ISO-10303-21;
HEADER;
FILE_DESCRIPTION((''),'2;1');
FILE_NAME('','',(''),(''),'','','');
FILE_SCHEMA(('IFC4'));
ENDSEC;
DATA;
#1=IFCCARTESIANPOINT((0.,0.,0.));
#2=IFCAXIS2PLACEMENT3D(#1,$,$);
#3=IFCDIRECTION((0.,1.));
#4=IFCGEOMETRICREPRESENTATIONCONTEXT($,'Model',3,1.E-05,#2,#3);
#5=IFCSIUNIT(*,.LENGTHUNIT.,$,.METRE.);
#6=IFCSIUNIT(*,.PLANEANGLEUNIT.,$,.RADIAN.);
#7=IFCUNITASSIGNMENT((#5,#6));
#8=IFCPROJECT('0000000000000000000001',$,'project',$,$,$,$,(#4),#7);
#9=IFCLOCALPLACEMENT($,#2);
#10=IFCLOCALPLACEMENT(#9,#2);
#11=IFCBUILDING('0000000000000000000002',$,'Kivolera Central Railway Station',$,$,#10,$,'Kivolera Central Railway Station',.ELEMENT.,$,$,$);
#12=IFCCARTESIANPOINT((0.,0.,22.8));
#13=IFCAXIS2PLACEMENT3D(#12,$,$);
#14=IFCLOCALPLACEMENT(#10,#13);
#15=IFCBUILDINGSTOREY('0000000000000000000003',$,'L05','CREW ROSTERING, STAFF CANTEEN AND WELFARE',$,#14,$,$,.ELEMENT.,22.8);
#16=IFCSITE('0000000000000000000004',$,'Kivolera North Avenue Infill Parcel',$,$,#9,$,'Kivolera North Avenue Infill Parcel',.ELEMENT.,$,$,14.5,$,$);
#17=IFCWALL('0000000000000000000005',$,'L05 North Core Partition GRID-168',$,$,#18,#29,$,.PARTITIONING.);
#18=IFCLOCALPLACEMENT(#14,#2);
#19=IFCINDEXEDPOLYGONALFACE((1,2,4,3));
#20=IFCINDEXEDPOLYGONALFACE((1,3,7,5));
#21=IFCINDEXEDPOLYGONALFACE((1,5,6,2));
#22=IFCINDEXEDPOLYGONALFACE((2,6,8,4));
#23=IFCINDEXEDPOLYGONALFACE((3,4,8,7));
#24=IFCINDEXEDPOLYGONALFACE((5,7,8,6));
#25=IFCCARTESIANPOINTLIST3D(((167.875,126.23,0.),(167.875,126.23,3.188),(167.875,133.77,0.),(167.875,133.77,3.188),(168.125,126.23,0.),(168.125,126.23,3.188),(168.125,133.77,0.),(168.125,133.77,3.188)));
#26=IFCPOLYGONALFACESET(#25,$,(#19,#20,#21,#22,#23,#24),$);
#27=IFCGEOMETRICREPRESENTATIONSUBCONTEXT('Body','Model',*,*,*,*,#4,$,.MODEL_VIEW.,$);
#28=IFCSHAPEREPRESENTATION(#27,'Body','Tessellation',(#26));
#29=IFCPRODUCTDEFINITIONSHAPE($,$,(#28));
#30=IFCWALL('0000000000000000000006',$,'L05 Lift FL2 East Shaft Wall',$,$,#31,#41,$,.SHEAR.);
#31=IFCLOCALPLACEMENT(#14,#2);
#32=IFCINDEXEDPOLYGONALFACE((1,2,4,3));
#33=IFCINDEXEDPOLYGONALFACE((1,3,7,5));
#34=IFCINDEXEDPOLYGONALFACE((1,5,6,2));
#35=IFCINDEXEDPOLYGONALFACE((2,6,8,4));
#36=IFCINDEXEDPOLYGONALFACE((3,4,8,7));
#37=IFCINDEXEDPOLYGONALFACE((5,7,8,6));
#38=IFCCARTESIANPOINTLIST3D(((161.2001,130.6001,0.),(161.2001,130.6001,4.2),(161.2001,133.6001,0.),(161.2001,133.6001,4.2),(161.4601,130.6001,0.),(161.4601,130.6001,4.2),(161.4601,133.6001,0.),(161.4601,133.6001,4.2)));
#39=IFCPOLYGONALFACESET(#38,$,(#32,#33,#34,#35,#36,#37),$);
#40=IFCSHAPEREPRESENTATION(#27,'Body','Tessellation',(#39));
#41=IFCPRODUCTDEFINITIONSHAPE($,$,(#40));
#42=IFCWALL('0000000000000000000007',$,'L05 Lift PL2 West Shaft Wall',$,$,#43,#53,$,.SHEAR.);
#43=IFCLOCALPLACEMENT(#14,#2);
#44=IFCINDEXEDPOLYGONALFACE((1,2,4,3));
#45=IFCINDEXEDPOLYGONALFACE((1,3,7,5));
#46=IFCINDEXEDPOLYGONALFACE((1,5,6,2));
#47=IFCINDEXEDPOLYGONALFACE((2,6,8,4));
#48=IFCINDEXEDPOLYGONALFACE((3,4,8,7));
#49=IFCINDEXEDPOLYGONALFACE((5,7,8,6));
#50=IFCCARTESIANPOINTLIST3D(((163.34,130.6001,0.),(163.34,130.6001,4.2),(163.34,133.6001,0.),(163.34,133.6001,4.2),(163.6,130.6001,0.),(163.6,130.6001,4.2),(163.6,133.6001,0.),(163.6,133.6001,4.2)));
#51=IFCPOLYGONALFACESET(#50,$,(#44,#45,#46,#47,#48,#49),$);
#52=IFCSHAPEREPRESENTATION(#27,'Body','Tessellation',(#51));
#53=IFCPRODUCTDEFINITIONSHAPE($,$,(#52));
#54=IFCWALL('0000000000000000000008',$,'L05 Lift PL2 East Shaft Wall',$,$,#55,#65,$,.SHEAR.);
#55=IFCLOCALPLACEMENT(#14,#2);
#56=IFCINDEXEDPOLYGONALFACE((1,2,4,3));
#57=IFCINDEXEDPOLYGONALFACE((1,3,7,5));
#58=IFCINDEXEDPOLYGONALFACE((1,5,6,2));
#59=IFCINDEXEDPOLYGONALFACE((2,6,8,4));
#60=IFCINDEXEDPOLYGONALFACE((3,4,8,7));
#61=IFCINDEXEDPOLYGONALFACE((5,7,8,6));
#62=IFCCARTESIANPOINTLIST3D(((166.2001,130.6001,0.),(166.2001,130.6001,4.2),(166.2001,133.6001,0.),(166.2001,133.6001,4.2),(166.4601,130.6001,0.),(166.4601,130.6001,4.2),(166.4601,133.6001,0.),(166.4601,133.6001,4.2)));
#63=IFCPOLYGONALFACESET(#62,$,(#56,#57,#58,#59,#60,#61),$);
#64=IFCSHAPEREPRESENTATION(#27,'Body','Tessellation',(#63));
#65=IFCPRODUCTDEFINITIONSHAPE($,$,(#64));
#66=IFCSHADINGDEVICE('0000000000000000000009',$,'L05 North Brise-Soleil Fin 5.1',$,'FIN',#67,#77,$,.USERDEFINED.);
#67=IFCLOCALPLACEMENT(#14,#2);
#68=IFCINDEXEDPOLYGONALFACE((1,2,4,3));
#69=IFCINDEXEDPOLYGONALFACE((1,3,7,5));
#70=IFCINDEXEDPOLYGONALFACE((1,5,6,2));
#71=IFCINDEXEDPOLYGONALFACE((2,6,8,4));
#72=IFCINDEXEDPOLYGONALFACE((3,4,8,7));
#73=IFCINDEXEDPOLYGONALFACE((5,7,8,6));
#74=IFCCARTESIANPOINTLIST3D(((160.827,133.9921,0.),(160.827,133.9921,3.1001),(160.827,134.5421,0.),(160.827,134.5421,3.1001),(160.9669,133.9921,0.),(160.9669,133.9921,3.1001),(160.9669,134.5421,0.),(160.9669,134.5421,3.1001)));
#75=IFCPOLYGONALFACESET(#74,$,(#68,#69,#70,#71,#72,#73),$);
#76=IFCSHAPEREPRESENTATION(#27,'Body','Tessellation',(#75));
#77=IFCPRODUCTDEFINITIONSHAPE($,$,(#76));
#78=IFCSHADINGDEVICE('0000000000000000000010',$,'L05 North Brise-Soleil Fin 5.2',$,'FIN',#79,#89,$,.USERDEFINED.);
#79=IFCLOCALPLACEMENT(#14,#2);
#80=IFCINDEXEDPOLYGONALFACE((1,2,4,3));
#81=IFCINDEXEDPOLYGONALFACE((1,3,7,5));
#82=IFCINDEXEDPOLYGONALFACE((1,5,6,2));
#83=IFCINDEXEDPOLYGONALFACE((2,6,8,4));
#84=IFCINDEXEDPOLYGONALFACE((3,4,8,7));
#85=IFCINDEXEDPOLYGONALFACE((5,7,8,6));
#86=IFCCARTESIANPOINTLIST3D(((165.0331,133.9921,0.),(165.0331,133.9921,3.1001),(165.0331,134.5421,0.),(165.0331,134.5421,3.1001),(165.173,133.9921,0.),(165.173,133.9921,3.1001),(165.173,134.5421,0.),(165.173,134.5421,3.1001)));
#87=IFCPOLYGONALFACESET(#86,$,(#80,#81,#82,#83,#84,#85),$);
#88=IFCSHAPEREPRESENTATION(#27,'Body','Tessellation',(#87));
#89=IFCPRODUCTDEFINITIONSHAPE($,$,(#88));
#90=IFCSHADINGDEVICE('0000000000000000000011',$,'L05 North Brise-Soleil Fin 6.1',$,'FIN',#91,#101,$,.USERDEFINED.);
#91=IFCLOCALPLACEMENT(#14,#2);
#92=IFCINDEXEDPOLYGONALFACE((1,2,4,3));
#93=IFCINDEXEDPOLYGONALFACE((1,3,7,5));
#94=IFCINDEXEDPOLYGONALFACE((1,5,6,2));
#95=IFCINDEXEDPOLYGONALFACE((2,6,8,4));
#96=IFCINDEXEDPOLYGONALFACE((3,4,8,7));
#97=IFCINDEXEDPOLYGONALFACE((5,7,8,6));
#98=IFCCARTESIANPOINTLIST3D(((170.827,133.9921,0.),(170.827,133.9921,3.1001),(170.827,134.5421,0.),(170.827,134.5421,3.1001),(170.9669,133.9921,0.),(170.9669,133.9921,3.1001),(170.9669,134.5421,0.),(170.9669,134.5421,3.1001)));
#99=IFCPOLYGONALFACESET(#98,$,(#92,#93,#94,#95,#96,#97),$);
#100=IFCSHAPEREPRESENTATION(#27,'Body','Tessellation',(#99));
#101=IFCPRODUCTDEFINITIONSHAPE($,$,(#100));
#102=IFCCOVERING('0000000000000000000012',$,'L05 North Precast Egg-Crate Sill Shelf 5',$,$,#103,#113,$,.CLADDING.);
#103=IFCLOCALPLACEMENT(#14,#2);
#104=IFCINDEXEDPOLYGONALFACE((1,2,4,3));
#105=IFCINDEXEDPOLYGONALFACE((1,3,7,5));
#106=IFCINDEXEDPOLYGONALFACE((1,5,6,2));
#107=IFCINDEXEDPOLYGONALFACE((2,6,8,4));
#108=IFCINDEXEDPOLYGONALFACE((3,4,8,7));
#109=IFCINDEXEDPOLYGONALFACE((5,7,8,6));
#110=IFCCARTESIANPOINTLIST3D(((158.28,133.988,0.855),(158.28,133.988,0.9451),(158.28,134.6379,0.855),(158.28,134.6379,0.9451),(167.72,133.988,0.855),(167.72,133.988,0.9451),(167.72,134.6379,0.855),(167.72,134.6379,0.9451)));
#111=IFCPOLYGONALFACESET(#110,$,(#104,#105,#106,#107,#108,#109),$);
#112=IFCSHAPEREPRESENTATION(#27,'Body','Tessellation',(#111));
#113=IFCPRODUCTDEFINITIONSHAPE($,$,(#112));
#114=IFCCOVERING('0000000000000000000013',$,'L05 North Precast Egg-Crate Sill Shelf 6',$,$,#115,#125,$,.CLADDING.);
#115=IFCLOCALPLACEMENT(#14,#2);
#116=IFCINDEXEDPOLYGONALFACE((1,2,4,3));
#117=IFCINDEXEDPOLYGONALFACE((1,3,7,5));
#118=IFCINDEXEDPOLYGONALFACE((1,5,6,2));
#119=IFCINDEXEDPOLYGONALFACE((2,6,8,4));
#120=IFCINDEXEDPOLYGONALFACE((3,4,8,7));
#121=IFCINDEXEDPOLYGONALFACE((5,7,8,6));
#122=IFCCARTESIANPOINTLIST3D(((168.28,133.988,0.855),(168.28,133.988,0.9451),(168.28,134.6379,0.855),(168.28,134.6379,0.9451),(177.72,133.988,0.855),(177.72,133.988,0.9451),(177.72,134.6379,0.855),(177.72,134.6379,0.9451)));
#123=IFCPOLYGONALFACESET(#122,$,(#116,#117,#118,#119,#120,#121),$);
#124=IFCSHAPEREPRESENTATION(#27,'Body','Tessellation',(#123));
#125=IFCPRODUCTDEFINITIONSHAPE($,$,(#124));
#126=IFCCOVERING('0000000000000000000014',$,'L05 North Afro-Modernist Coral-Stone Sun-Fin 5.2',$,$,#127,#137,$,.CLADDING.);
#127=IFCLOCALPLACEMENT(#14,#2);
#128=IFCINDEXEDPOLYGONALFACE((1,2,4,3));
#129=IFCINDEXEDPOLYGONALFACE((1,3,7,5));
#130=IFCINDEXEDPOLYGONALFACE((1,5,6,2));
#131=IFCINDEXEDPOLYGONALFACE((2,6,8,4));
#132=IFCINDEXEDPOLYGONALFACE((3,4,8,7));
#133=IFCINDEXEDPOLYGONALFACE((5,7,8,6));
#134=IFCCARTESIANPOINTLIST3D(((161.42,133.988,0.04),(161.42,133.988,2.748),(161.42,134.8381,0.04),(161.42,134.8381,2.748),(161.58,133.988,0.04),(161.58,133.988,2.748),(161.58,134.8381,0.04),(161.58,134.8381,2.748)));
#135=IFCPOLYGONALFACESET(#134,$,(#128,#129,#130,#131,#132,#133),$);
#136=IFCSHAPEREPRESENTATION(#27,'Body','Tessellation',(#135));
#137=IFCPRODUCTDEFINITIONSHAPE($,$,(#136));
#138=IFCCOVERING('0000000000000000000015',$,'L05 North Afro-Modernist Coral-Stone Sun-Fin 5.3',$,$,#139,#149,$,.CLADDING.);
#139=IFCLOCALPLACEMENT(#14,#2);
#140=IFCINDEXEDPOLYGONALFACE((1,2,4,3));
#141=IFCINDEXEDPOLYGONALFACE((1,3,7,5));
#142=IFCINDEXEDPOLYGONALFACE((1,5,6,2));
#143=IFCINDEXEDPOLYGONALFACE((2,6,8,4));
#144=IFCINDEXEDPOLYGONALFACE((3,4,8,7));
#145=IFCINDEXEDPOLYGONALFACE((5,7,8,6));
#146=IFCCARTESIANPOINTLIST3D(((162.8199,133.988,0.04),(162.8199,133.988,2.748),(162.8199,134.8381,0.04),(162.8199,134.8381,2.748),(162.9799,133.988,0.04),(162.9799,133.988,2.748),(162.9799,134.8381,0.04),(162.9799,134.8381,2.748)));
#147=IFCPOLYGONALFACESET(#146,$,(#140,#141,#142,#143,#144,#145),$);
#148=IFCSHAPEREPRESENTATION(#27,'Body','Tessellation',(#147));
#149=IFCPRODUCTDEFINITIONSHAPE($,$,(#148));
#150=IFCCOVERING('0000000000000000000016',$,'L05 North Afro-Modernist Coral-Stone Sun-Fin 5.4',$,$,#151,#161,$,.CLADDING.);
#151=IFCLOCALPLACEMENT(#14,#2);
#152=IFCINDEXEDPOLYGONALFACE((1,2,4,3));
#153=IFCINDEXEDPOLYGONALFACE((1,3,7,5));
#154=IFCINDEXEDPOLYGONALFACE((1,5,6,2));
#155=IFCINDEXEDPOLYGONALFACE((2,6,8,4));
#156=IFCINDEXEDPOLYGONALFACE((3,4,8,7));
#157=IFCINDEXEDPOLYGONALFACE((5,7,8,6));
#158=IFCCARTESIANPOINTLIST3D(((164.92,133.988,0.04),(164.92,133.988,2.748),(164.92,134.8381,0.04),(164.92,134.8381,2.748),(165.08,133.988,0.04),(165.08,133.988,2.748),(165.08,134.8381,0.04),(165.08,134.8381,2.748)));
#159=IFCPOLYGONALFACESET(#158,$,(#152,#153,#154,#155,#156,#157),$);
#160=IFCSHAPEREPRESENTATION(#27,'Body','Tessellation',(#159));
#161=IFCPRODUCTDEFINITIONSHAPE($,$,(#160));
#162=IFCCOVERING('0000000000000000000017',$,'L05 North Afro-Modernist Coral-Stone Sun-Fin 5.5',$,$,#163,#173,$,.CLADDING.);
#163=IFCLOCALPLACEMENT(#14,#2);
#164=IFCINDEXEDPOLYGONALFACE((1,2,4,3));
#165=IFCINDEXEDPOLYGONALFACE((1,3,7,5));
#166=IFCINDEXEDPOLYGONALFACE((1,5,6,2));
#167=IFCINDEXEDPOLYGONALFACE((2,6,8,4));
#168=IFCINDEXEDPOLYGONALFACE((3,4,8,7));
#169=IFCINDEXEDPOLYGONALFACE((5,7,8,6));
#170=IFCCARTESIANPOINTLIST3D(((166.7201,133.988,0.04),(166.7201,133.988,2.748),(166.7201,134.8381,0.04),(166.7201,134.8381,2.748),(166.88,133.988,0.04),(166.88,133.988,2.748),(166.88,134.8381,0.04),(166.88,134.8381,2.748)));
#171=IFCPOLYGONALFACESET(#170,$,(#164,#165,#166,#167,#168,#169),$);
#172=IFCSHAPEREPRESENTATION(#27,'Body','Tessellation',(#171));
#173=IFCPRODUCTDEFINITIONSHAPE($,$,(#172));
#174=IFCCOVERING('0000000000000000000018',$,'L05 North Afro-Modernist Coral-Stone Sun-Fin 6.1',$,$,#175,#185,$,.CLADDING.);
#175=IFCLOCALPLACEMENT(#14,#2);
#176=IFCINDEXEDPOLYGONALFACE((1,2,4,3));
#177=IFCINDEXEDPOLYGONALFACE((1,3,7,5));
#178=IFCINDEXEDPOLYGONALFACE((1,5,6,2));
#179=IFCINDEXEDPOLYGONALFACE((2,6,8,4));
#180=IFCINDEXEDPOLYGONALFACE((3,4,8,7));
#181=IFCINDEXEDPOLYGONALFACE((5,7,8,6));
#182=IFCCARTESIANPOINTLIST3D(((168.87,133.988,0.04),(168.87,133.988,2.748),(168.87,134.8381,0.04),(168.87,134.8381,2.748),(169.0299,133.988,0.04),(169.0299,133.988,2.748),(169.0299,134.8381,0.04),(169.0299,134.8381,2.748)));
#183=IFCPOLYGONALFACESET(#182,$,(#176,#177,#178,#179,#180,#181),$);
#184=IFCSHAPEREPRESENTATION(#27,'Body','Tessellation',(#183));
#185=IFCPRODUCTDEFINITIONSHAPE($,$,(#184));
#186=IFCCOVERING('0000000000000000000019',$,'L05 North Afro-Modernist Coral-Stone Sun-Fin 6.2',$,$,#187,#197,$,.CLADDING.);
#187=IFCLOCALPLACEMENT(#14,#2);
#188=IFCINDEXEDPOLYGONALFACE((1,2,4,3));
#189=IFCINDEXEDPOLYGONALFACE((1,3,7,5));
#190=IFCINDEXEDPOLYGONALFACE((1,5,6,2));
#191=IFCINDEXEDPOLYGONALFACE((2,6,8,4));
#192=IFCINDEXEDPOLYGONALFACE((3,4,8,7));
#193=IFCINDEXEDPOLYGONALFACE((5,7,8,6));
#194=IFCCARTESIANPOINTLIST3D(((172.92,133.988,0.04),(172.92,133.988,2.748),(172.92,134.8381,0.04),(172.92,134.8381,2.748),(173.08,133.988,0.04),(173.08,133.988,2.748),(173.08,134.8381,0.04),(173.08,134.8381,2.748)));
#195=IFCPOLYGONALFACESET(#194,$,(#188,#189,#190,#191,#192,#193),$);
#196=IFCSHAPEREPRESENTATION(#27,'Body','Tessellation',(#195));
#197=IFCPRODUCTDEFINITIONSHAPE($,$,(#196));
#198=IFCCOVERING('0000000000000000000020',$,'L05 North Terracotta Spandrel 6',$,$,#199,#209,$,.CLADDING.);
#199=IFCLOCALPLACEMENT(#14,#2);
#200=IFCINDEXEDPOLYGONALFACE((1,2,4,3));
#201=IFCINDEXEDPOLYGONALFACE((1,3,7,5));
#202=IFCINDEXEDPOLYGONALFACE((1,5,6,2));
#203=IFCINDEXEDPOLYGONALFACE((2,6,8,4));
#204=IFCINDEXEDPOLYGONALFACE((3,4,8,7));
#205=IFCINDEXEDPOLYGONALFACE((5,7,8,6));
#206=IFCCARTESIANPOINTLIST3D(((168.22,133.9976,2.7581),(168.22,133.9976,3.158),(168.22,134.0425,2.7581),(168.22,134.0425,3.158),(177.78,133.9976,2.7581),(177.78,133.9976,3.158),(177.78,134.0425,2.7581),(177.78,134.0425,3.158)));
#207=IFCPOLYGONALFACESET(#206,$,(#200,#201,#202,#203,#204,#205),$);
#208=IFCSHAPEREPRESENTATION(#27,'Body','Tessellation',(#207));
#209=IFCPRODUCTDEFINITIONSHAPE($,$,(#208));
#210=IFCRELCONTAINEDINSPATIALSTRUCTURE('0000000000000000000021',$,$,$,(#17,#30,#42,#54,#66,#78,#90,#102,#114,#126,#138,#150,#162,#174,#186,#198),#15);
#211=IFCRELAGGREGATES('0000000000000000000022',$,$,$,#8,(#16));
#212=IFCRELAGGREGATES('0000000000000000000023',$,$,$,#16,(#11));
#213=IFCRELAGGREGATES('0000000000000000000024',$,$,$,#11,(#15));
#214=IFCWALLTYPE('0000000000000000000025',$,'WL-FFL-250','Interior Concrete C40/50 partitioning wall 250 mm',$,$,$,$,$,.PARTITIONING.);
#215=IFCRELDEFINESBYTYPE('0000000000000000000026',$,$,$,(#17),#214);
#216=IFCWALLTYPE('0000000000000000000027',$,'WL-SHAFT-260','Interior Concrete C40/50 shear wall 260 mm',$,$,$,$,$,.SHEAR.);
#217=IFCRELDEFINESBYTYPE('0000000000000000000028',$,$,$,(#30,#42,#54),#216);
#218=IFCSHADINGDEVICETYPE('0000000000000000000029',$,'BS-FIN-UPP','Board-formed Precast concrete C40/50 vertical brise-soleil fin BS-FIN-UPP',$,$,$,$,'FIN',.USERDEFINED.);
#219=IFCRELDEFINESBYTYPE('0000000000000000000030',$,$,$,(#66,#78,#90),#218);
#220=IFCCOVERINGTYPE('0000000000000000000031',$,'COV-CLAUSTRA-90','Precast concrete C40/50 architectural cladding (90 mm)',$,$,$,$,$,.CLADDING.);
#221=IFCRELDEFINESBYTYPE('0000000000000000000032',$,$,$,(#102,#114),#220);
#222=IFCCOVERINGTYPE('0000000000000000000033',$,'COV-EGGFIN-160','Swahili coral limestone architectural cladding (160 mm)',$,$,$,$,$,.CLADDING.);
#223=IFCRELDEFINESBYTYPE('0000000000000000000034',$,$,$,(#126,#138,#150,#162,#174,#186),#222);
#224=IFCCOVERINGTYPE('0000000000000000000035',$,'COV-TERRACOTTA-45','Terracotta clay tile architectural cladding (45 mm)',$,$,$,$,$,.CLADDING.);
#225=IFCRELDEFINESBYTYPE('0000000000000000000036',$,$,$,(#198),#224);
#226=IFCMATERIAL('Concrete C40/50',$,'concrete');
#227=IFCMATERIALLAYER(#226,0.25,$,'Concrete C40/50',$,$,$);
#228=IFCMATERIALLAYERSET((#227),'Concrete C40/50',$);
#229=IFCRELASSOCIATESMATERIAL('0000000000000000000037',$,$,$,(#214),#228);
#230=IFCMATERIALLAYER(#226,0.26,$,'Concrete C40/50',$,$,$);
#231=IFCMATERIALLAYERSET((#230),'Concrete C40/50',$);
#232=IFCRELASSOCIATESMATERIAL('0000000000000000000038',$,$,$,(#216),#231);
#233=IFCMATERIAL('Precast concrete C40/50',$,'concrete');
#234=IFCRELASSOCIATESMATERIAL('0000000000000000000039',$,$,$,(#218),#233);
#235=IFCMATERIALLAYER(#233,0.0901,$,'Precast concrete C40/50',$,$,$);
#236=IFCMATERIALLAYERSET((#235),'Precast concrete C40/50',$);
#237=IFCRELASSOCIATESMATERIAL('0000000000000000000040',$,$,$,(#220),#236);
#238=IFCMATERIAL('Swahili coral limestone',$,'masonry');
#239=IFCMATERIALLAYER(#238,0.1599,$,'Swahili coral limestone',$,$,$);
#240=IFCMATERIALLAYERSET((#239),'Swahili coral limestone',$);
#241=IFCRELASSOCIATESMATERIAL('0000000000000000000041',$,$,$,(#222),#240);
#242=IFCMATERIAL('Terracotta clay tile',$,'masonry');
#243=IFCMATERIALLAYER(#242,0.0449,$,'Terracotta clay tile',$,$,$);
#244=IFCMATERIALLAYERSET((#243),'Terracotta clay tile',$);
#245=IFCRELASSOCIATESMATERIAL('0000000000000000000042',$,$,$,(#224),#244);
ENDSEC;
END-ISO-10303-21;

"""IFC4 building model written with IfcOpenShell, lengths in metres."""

from ifc_helpers import new_model, si_unit, direction, frame, frame_2d, origin, origin_2d, place, context, subcontext, project, spatial, rectangle, extrude, material, layer, layer_set, type_object, element, save


model = new_model("IFC4")

# Units and contexts
model_context = context("Model", 3, precision=1e-05, world=origin(), true_north=direction((0.0, 1.0)))
body_context = subcontext(model_context, "Body", "Model", "MODEL_VIEW")
ifc_project = project(units=[si_unit("LENGTHUNIT", "METRE"), si_unit("PLANEANGLEUNIT", "RADIAN")], contexts=[model_context])

# Site, building, storey
site_placement = place(None, origin())
site = spatial("IfcSite", under=ifc_project, at=site_placement, Name="Kivolera North Avenue Infill Parcel", LongName="Kivolera North Avenue Infill Parcel", CompositionType="ELEMENT", RefElevation=14.5)
building_placement = place(site_placement, origin())
building = spatial("IfcBuilding", under=site, at=building_placement, Name="Kivolera Central Railway Station", LongName="Kivolera Central Railway Station", CompositionType="ELEMENT")
storey_placement = place(building_placement, frame((0.0, 0.0, 22.8)))
storey = spatial("IfcBuildingStorey", under=building, at=storey_placement, Name="L05", Description="CREW ROSTERING, STAFF CANTEEN AND WELFARE", CompositionType="ELEMENT", Elevation=22.8)

# Shared definitions
ifc_material_1 = material(Name="Concrete C40/50", Category="concrete")

# Shared definitions
ifc_material_2 = material(Name="Swahili coral limestone", Category="masonry")

# Walls
ifc_layer_1 = layer(ifc_material_1, 0.25, Name="Concrete C40/50")
ifc_layer_set_1 = layer_set([ifc_layer_1], Name="Concrete C40/50")
wall_type_1 = type_object("IfcWallType", Name="WL-FFL-250", Description="Interior Concrete C40/50 partitioning wall 250 mm", PredefinedType="PARTITIONING", material=ifc_layer_set_1)
wall_1_placement = place(storey_placement, frame((168.0, 126.23, 0.0), z_axis=(0.0, 0.0, 1.0), x_axis=(0.0, 1.0, 0.0)))
element("IfcWall", 1, at=wall_1_placement, inside=storey, type_object=wall_type_1, Name="L05 North Core Partition GRID-168", PredefinedType="PARTITIONING", context=body_context, shape_type="SweptSolid", body=[
    extrude(rectangle(XDim=7.54, YDim=0.25, at=frame_2d((3.77, 0.0))), origin(), (0.0, 0.0, 1.0), 3.188),
])
ifc_layer_2 = layer(ifc_material_1, 0.26, Name="Concrete C40/50")
ifc_layer_set_2 = layer_set([ifc_layer_2], Name="Concrete C40/50")
wall_type_2 = type_object("IfcWallType", Name="WL-SHAFT-260", Description="Interior Concrete C40/50 shear wall 260 mm", PredefinedType="SHEAR", material=ifc_layer_set_2)
wall_2_placement = place(storey_placement, frame((161.3301, 130.6001, 0.0), z_axis=(0.0, 0.0, 1.0), x_axis=(0.0, 1.0, 0.0)))
element("IfcWall", 2, at=wall_2_placement, inside=storey, type_object=wall_type_2, Name="L05 Lift FL2 East Shaft Wall", PredefinedType="SHEAR", context=body_context, shape_type="SweptSolid", body=[
    extrude(rectangle(XDim=3.0, YDim=0.26, at=frame_2d((1.5, 0.0))), origin(), (0.0, 0.0, 1.0), 4.2),
])

# Walls
for number, where, z_axis, x_axis, name in (
    (3, (163.47, 130.6001, 0.0), (0.0, 0.0, 1.0), (0.0, 1.0, 0.0), "L05 Lift PL2 West Shaft Wall"),
    (4, (166.3301, 130.6001, 0.0), (0.0, 0.0, 1.0), (0.0, 1.0, 0.0), "L05 Lift PL2 East Shaft Wall"),
):
    element("IfcWall", number, at=place(storey_placement, frame(where, z_axis=z_axis, x_axis=x_axis)), inside=storey, type_object=wall_type_2, Name=name, PredefinedType="SHEAR", context=body_context, shape_type="SweptSolid", body=[
        extrude(rectangle(XDim=3.0, YDim=0.26, at=frame_2d((1.5, 0.0))), origin(), (0.0, 0.0, 1.0), 4.2),
    ])

# Shading devices
ifc_material_3 = material(Name="Precast concrete C40/50", Category="concrete")
shading_device_type = type_object("IfcShadingDeviceType", Name="BS-FIN-UPP", Description="Board-formed Precast concrete C40/50 vertical brise-soleil fin BS-FIN-UPP", ElementType="FIN", PredefinedType="USERDEFINED", material=ifc_material_3)
for number, where, z_axis, x_axis, name in (
    (5, (160.897, 134.2671, 0.0), (0.0, 0.0, 1.0), (1.0, 0.0, 0.0), "L05 North Brise-Soleil Fin 5.1"),
    (6, (165.103, 134.2671, 0.0), (0.0, 0.0, 1.0), (1.0, 0.0, 0.0), "L05 North Brise-Soleil Fin 5.2"),
    (7, (170.897, 134.2671, 0.0), (0.0, 0.0, 1.0), (1.0, 0.0, 0.0), "L05 North Brise-Soleil Fin 6.1"),
):
    element("IfcShadingDevice", number, at=place(storey_placement, frame(where, z_axis=z_axis, x_axis=x_axis)), inside=storey, type_object=shading_device_type, Name=name, ObjectType="FIN", PredefinedType="USERDEFINED", context=body_context, shape_type="SweptSolid", body=[
        extrude(rectangle(XDim=0.1399, YDim=0.55, at=origin_2d()), origin(), (0.0, 0.0, 1.0), 3.1001),
    ])

# Coverings
ifc_layer_3 = layer(ifc_material_3, 0.0901, Name="Precast concrete C40/50")
ifc_layer_set_3 = layer_set([ifc_layer_3], Name="Precast concrete C40/50")
covering_type_1 = type_object("IfcCoveringType", Name="COV-CLAUSTRA-90", Description="Precast concrete C40/50 architectural cladding (90 mm)", PredefinedType="CLADDING", material=ifc_layer_set_3)
for number, where, z_axis, x_axis, name in (
    (8, (163.0, 134.313, 0.855), (0.0, 0.0, 1.0), (1.0, 0.0, 0.0), "L05 North Precast Egg-Crate Sill Shelf 5"),
    (9, (173.0, 134.313, 0.855), (0.0, 0.0, 1.0), (1.0, 0.0, 0.0), "L05 North Precast Egg-Crate Sill Shelf 6"),
):
    element("IfcCovering", number, at=place(storey_placement, frame(where, z_axis=z_axis, x_axis=x_axis)), inside=storey, type_object=covering_type_1, Name=name, PredefinedType="CLADDING", context=body_context, shape_type="SweptSolid", body=[
        extrude(rectangle(XDim=9.4399, YDim=0.6499, at=origin_2d()), origin(), (0.0, 0.0, 1.0), 0.0901),
    ])
ifc_layer_4 = layer(ifc_material_2, 0.1599, Name="Swahili coral limestone")
ifc_layer_set_4 = layer_set([ifc_layer_4], Name="Swahili coral limestone")
covering_type_2 = type_object("IfcCoveringType", Name="COV-EGGFIN-160", Description="Swahili coral limestone architectural cladding (160 mm)", PredefinedType="CLADDING", material=ifc_layer_set_4)
for number, where, z_axis, x_axis, name in (
    (10, (161.5, 134.4131, 0.04), (0.0, 0.0, 1.0), (1.0, 0.0, 0.0), "L05 North Afro-Modernist Coral-Stone Sun-Fin 5.2"),
    (11, (162.8999, 134.4131, 0.04), (0.0, 0.0, 1.0), (1.0, 0.0, 0.0), "L05 North Afro-Modernist Coral-Stone Sun-Fin 5.3"),
    (12, (165.0, 134.4131, 0.04), (0.0, 0.0, 1.0), (1.0, 0.0, 0.0), "L05 North Afro-Modernist Coral-Stone Sun-Fin 5.4"),
    (13, (166.8, 134.4131, 0.04), (0.0, 0.0, 1.0), (1.0, 0.0, 0.0), "L05 North Afro-Modernist Coral-Stone Sun-Fin 5.5"),
    (14, (168.95, 134.4131, 0.04), (0.0, 0.0, 1.0), (1.0, 0.0, 0.0), "L05 North Afro-Modernist Coral-Stone Sun-Fin 6.1"),
    (15, (173.0, 134.4131, 0.04), (0.0, 0.0, 1.0), (1.0, 0.0, 0.0), "L05 North Afro-Modernist Coral-Stone Sun-Fin 6.2"),
):
    element("IfcCovering", number, at=place(storey_placement, frame(where, z_axis=z_axis, x_axis=x_axis)), inside=storey, type_object=covering_type_2, Name=name, PredefinedType="CLADDING", context=body_context, shape_type="SweptSolid", body=[
        extrude(rectangle(XDim=0.1599, YDim=0.8501, at=origin_2d()), origin(), (0.0, 0.0, 1.0), 2.708),
    ])
ifc_material_4 = material(Name="Terracotta clay tile", Category="masonry")
ifc_layer_5 = layer(ifc_material_4, 0.0449, Name="Terracotta clay tile")
ifc_layer_set_5 = layer_set([ifc_layer_5], Name="Terracotta clay tile")
covering_type_3 = type_object("IfcCoveringType", Name="COV-TERRACOTTA-45", Description="Terracotta clay tile architectural cladding (45 mm)", PredefinedType="CLADDING", material=ifc_layer_set_5)
covering_placement = place(storey_placement, frame((168.22, 134.02, 2.7581), z_axis=(0.0, 0.0, 1.0), x_axis=(1.0, 0.0, 0.0)))
element("IfcCovering", 16, at=covering_placement, inside=storey, type_object=covering_type_3, Name="L05 North Terracotta Spandrel 6", PredefinedType="CLADDING", context=body_context, shape_type="SweptSolid", body=[
    extrude(rectangle(XDim=9.5601, YDim=0.0449, at=frame_2d((4.78, 0.0))), origin(), (0.0, 0.0, 1.0), 0.3999),
])

save(model, "model.ifc")
